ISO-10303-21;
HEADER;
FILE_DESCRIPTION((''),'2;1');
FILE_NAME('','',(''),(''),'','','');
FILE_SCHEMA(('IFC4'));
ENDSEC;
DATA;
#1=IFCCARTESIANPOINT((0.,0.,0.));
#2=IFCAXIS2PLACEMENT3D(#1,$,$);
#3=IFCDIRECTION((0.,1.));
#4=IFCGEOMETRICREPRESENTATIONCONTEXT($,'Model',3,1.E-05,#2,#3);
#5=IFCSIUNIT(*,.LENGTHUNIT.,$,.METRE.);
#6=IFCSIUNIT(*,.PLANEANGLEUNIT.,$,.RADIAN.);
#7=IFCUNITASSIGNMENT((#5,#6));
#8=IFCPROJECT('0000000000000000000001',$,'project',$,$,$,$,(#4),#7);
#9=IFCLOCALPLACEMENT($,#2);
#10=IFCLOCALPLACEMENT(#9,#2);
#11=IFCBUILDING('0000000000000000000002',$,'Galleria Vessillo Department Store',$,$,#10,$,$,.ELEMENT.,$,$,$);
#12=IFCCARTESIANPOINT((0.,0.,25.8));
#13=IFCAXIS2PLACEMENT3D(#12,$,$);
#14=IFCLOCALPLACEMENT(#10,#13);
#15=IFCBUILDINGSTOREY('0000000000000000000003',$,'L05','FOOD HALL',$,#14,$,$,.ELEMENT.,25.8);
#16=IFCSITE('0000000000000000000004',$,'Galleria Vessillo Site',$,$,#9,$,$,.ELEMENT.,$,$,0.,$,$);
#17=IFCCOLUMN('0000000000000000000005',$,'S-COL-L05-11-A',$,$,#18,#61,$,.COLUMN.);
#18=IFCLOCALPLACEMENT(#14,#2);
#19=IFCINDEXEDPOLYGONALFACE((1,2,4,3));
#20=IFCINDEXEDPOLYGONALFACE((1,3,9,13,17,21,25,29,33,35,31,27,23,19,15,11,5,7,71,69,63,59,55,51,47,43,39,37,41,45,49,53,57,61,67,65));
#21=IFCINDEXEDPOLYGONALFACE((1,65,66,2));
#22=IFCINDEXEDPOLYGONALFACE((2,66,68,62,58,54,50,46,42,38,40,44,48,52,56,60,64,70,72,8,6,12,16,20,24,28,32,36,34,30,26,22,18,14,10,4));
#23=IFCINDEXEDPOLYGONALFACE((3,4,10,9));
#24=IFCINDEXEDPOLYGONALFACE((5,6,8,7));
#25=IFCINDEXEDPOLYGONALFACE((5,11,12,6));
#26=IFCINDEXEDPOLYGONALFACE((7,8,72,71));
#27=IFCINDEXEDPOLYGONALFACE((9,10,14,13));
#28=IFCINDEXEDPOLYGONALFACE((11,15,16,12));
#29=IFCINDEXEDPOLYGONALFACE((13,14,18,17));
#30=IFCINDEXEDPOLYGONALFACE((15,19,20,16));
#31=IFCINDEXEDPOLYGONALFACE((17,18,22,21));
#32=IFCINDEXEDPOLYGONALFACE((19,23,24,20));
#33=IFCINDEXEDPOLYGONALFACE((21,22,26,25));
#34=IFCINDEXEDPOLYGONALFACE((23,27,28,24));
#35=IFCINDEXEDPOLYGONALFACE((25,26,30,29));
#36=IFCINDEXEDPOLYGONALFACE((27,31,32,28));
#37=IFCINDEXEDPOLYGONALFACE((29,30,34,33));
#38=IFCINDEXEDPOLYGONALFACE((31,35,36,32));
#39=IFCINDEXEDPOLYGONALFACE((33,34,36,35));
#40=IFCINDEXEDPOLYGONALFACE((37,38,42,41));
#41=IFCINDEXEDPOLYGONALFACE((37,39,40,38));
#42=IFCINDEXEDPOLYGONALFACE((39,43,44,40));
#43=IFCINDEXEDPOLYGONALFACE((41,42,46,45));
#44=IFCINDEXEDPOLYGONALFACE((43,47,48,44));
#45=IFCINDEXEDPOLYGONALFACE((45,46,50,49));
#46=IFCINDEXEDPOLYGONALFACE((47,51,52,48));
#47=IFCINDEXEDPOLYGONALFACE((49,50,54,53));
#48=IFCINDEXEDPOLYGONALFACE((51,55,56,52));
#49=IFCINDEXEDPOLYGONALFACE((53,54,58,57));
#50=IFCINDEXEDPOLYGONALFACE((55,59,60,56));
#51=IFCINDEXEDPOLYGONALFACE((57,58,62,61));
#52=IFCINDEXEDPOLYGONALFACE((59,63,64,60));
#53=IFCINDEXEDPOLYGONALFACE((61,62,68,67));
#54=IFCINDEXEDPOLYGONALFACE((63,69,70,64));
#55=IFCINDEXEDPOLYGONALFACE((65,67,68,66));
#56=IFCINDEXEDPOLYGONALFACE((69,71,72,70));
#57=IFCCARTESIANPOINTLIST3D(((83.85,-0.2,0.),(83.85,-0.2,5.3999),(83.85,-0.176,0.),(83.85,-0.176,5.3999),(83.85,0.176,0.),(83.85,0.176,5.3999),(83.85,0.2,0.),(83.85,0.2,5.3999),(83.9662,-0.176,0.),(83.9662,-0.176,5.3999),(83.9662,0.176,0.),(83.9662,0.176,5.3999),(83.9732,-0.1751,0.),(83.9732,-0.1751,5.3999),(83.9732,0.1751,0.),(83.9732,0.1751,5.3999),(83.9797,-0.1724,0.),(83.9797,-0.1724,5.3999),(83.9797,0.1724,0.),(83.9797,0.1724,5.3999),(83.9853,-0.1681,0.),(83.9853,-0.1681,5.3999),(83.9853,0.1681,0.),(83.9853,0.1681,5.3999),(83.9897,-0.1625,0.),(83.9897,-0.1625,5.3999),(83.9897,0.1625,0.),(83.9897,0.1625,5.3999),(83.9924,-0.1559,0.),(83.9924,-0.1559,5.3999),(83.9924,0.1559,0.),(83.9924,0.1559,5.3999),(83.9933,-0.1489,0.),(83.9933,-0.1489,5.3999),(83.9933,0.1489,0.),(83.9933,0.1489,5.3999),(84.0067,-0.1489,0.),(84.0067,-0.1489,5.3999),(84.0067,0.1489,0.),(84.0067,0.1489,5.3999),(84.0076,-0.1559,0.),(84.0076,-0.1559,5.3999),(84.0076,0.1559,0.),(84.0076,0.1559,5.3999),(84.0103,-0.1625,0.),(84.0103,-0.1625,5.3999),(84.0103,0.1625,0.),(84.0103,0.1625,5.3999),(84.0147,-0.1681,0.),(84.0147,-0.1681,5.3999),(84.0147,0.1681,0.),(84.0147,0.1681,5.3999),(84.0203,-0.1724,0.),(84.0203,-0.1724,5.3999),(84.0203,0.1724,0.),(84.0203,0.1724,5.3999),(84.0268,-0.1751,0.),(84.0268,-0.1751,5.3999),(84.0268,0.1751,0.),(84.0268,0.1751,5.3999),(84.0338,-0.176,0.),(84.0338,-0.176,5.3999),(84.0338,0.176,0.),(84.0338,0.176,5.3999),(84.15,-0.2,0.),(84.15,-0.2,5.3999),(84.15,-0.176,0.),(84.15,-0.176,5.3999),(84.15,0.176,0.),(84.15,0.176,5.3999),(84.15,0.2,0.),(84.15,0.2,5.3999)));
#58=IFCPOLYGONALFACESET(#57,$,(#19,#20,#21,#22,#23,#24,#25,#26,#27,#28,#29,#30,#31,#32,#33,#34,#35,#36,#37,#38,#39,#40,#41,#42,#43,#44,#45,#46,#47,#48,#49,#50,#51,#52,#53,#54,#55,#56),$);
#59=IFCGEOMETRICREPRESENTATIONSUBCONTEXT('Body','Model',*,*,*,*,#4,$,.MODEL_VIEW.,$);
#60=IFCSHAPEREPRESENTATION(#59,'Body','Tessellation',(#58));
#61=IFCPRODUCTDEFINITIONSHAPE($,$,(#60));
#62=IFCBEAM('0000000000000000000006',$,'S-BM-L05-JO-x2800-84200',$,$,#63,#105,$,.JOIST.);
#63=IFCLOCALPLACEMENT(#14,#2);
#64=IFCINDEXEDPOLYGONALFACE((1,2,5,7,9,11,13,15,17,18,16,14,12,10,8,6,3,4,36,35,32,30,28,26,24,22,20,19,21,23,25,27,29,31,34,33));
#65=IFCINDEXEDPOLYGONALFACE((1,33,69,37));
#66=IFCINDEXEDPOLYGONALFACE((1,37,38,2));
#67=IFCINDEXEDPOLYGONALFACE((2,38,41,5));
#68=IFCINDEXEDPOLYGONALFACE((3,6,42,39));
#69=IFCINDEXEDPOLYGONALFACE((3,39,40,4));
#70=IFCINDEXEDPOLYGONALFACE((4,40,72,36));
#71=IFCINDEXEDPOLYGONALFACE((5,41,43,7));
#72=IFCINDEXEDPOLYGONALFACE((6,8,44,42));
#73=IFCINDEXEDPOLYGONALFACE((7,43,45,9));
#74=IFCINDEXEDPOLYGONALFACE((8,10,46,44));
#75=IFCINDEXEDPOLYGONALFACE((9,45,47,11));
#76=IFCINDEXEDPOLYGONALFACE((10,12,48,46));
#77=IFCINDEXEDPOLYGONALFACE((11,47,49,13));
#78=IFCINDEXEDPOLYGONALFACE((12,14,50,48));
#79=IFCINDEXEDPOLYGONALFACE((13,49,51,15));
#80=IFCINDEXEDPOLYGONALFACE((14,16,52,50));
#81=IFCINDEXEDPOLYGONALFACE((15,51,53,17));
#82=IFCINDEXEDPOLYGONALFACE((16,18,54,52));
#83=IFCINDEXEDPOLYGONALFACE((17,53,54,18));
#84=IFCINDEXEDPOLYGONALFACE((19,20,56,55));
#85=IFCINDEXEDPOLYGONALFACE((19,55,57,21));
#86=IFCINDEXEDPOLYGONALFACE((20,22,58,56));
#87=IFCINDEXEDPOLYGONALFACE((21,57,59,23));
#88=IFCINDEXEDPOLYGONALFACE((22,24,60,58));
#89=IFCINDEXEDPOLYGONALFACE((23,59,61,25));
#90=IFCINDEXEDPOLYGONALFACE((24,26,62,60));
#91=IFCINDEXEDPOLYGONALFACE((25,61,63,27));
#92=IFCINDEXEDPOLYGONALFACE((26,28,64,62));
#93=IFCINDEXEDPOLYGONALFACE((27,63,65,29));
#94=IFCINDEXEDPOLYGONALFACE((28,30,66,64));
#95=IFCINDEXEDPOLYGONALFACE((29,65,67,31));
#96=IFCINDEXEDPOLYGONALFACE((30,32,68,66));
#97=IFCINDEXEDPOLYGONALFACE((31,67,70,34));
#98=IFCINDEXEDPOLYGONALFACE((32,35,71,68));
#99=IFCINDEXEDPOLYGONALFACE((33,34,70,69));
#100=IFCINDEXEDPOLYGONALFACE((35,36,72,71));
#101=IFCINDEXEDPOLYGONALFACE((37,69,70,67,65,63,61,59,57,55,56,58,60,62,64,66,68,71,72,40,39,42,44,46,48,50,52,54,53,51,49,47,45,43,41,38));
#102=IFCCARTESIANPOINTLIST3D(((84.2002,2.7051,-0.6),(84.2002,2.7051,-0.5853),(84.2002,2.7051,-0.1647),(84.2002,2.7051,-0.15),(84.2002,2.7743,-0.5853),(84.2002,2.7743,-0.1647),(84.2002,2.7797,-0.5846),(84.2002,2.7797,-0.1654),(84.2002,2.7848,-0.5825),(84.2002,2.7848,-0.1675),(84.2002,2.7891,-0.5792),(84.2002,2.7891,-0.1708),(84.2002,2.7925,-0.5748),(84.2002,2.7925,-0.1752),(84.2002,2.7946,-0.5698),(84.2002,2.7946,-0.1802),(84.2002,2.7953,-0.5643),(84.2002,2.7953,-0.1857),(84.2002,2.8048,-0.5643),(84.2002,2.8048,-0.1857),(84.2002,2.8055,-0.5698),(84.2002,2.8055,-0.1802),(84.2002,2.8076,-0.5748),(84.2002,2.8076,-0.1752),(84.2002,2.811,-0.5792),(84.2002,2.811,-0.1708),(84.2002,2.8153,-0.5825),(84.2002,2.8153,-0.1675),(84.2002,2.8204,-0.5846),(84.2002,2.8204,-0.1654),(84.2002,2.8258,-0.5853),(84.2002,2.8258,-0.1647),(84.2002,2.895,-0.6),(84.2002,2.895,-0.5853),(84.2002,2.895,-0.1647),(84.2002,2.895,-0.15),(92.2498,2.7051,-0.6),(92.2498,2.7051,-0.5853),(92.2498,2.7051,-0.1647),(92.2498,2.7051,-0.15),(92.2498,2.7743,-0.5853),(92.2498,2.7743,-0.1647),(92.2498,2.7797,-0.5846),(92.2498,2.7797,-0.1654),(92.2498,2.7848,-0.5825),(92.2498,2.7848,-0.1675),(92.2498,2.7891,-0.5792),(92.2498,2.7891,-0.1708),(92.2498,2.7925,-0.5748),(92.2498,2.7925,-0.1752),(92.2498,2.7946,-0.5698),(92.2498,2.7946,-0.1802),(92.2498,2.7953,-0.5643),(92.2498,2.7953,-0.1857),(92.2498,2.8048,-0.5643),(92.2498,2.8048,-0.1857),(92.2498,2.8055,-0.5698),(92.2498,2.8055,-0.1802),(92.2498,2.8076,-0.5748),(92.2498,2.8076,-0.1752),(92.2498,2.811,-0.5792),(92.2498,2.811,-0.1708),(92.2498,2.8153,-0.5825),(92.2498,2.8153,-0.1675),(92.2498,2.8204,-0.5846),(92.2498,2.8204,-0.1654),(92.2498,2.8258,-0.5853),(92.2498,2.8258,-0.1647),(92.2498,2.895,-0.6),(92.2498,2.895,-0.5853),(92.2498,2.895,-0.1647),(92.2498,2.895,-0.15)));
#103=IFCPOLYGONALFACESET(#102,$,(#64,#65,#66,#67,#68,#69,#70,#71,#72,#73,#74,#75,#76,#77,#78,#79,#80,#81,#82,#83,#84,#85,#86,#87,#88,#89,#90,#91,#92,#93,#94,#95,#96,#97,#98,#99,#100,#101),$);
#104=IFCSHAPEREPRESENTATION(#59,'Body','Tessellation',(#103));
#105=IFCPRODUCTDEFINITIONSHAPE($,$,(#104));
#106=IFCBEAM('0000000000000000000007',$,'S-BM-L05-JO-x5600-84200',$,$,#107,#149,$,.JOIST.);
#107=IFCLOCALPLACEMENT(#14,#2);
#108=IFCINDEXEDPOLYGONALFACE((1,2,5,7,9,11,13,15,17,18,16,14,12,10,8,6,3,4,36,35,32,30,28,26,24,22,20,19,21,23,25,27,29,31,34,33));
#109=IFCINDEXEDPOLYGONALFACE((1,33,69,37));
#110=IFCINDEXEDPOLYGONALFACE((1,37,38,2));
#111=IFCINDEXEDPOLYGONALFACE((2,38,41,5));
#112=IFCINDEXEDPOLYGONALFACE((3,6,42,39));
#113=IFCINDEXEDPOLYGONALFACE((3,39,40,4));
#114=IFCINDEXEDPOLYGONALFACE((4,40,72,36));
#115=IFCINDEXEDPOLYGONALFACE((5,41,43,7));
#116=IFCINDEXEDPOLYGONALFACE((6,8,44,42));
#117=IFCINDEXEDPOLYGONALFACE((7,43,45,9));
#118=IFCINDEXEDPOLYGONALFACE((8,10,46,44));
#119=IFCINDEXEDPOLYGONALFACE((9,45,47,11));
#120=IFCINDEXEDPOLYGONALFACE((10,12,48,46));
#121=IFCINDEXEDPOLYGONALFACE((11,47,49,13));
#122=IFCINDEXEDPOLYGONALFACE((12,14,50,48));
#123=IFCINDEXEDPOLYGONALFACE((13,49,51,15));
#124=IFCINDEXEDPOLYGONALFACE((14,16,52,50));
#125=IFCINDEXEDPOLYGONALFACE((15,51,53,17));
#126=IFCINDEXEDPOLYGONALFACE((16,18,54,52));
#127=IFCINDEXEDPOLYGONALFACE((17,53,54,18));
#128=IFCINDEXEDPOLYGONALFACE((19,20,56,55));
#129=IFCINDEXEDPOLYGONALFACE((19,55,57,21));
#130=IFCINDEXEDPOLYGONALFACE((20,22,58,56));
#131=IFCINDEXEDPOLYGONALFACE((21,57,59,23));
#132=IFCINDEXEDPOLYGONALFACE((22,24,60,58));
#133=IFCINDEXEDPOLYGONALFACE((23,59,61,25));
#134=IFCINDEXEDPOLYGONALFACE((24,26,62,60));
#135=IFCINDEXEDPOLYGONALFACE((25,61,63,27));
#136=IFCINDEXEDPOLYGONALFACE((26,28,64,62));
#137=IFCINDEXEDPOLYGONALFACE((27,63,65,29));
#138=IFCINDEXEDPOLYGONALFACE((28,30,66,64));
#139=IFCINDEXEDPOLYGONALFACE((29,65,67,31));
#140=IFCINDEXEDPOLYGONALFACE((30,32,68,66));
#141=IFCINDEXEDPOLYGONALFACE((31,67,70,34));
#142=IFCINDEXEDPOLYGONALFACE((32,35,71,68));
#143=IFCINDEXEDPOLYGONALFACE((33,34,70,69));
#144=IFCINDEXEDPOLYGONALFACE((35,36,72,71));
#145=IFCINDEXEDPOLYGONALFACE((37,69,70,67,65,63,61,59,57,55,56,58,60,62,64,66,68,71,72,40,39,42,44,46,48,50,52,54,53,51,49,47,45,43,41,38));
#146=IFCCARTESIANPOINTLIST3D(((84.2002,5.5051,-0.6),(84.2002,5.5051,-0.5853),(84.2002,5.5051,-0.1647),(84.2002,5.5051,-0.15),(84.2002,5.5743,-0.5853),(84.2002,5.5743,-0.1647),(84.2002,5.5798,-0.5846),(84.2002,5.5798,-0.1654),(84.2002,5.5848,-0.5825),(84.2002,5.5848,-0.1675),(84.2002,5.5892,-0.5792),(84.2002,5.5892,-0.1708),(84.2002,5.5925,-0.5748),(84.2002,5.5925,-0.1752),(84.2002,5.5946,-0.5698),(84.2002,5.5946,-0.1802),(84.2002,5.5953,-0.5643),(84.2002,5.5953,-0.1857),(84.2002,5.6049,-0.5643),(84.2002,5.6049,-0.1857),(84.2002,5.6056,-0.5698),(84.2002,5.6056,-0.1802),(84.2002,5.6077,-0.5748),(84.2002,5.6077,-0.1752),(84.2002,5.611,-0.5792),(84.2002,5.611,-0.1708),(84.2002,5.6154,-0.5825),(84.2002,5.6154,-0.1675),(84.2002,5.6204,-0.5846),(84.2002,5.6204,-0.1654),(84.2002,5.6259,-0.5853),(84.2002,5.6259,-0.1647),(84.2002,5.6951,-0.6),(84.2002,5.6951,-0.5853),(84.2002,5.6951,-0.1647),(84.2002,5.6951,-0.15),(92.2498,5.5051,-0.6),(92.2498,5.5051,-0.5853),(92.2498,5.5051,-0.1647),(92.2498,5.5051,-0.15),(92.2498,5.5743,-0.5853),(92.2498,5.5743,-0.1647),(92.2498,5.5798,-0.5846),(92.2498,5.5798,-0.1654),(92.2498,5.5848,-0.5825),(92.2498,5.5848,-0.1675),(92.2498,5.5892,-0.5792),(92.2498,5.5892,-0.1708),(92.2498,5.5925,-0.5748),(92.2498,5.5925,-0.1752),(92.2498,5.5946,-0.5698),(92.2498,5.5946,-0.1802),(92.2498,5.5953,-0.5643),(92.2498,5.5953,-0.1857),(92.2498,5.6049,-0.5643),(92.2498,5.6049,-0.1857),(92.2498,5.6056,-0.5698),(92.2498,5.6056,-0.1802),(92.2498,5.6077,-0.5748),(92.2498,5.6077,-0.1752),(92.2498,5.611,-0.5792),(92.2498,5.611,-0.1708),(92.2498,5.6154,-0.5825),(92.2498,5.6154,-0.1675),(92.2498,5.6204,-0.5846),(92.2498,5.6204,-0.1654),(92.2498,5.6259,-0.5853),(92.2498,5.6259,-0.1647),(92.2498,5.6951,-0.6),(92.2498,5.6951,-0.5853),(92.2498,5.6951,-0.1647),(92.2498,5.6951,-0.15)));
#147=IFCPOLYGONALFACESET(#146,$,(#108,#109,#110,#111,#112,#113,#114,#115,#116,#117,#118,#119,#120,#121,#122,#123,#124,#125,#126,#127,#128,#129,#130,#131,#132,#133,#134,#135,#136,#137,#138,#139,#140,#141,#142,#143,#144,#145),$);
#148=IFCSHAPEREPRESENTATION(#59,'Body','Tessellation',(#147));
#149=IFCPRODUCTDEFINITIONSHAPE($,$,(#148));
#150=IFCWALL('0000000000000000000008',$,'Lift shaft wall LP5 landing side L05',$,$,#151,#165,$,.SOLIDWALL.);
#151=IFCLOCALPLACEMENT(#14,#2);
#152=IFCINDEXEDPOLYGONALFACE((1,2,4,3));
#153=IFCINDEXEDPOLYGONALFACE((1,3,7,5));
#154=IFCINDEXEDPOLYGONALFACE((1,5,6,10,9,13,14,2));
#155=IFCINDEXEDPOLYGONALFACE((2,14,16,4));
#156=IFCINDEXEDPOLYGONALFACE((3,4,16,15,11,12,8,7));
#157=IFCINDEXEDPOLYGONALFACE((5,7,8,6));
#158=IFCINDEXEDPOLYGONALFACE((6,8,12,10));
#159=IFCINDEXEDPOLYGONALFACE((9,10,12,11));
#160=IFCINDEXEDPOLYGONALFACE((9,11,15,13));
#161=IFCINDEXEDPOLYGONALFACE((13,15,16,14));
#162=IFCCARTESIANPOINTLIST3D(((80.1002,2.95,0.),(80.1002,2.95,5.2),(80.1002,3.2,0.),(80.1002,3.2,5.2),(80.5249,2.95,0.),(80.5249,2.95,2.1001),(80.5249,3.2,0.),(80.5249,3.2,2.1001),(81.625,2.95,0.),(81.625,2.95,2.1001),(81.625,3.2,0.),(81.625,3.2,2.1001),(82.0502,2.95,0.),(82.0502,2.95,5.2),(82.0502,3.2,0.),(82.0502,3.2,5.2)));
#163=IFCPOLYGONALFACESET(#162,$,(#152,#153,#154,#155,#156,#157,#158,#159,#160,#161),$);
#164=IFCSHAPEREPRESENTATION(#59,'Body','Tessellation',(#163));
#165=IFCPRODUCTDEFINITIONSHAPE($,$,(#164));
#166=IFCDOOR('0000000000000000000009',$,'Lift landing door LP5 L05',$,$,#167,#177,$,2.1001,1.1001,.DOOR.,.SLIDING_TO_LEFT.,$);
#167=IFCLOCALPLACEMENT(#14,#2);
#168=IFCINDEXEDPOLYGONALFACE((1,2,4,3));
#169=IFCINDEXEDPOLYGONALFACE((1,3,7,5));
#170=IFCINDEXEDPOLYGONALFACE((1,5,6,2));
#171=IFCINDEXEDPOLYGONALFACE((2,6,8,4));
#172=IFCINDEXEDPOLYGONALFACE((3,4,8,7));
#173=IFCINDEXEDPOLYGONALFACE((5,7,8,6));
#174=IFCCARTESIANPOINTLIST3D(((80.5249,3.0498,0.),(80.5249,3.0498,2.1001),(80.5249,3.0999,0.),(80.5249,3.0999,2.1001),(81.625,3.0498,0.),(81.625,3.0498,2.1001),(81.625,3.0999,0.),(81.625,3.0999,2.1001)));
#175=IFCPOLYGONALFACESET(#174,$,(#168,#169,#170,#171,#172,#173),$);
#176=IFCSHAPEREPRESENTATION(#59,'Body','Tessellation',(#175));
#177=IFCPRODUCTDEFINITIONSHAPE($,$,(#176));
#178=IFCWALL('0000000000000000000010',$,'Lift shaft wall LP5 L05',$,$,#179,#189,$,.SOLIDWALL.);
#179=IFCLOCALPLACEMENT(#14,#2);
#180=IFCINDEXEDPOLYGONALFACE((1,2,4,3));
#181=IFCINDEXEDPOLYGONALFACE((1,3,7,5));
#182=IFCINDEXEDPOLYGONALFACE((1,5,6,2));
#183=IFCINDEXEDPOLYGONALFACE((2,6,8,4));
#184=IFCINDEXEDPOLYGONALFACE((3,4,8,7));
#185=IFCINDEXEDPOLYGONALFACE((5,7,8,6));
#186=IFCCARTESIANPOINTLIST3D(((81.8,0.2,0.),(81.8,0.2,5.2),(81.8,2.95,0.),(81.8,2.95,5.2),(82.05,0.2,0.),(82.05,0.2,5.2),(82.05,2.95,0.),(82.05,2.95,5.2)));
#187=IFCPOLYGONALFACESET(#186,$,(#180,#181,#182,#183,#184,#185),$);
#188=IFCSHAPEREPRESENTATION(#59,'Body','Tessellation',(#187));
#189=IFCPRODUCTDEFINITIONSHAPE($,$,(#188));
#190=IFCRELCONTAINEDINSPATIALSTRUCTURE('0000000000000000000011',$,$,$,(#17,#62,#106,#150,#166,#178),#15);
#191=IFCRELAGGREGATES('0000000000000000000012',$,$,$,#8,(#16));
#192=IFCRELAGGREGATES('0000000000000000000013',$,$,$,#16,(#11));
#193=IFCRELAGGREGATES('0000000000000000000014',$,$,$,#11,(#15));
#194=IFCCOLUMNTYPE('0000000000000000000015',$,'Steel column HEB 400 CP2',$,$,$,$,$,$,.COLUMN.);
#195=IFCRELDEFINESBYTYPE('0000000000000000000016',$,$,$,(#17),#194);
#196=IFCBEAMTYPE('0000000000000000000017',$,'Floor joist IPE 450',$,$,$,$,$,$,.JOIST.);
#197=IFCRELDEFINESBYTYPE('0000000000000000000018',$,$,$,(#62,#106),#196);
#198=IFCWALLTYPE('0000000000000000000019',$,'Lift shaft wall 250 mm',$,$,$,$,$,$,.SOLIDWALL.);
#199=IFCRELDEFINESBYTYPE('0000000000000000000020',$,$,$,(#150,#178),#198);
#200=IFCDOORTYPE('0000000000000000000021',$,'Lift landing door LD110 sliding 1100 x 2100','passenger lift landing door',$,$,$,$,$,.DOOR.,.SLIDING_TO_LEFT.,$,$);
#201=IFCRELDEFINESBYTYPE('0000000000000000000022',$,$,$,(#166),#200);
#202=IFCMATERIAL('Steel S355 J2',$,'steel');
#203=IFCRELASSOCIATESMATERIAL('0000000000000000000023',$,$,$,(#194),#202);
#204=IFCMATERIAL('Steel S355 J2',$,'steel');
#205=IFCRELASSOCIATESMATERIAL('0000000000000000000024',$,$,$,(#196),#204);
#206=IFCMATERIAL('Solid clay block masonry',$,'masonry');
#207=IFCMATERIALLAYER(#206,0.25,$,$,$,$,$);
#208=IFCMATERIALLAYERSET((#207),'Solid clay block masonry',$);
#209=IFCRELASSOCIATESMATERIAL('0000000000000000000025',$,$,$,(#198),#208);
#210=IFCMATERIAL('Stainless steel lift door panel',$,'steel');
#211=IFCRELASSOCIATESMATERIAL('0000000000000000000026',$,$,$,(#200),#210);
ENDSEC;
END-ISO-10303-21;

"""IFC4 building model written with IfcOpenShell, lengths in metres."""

from ifc_helpers import new_model, si_unit, direction, frame, frame_2d, origin, origin_2d, place, context, subcontext, project, spatial, rectangle, i_section, extrude, material, layer, layer_set, material_profile, profile_set, type_object, element, fill, save


model = new_model("IFC4")

# Units and contexts
model_context = context("Model", 3, precision=1e-05, world=origin(), true_north=direction((0.0, 1.0)))
body_context = subcontext(model_context, "Body", "Model", "MODEL_VIEW")
ifc_project = project(units=[si_unit("LENGTHUNIT", "METRE"), si_unit("PLANEANGLEUNIT", "RADIAN")], contexts=[model_context])

# Site, building, storey
site_placement = place(None, origin())
site = spatial("IfcSite", under=ifc_project, at=site_placement, Name="Galleria Vessillo Site", CompositionType="ELEMENT", RefElevation=0.0)
building_placement = place(site_placement, origin())
building = spatial("IfcBuilding", under=site, at=building_placement, Name="Galleria Vessillo Department Store", CompositionType="ELEMENT")
storey_placement = place(building_placement, frame((0.0, 0.0, 25.8)))
storey = spatial("IfcBuildingStorey", under=building, at=storey_placement, Name="L05", Description="FOOD HALL", CompositionType="ELEMENT", Elevation=25.8)

# Column
ifc_material_1 = material(Name="Steel S355 J2", Category="steel")
ifc_material_profile_1 = material_profile(ifc_material_1, i_section(OverallWidth=0.3, OverallDepth=0.3999, WebThickness=0.0134, FlangeThickness=0.0239, FilletRadius=0.0271, at=origin_2d()), Name="HEB 400")
ifc_profile_set_1 = profile_set([ifc_material_profile_1], Name="Steel S355 J2")
column_type = type_object("IfcColumnType", Name="Steel column HEB 400 CP2", PredefinedType="COLUMN", material=ifc_profile_set_1)
column_placement = place(storey_placement, frame((84.0, 0.0, 0.0), z_axis=(0.0, 0.0, 1.0), x_axis=(1.0, 0.0, 0.0)))
element("IfcColumn", 1, at=column_placement, inside=storey, type_object=column_type, Name="S-COL-L05-11-A", PredefinedType="COLUMN", context=body_context, shape_type="SweptSolid", body=[
    extrude(i_section(OverallWidth=0.3, OverallDepth=0.3999, WebThickness=0.0134, FlangeThickness=0.0239, FilletRadius=0.0271, at=origin_2d()), origin(), (0.0, 0.0, 1.0), 5.3999),
])

# Beams
ifc_material_2 = material(Name="Steel S355 J2", Category="steel")
ifc_material_profile_2 = material_profile(ifc_material_2, i_section(OverallWidth=0.1899, OverallDepth=0.45, WebThickness=0.0095, FlangeThickness=0.0146, FilletRadius=0.021, at=origin_2d()), Name="IPE 450")
ifc_profile_set_2 = profile_set([ifc_material_profile_2], Name="Steel S355 J2")
beam_type = type_object("IfcBeamType", Name="Floor joist IPE 450", PredefinedType="JOIST", material=ifc_profile_set_2)
for number, where, z_axis, x_axis, name in (
    (2, (84.2002, 2.8, -0.375), (1.0, 0.0, 0.0), (0.0, 1.0, 0.0), "S-BM-L05-JO-x2800-84200"),
    (3, (84.2002, 5.6001, -0.375), (1.0, 0.0, 0.0), (0.0, 1.0, 0.0), "S-BM-L05-JO-x5600-84200"),
):
    element("IfcBeam", number, at=place(storey_placement, frame(where, z_axis=z_axis, x_axis=x_axis)), inside=storey, type_object=beam_type, Name=name, PredefinedType="JOIST", context=body_context, shape_type="SweptSolid", body=[
        extrude(i_section(OverallWidth=0.1899, OverallDepth=0.45, WebThickness=0.0095, FlangeThickness=0.0146, FilletRadius=0.021, at=origin_2d()), origin(), (0.0, 0.0, 1.0), 8.0496),
    ])

# Wall, opening, door
ifc_material_3 = material(Name="Solid clay block masonry", Category="masonry")
ifc_layer_1 = layer(ifc_material_3, 0.25)
ifc_layer_set_1 = layer_set([ifc_layer_1], Name="Solid clay block masonry")
wall_type_1 = type_object("IfcWallType", Name="Lift shaft wall 250 mm", PredefinedType="SOLIDWALL", material=ifc_layer_set_1)
wall_1_placement = place(storey_placement, frame((80.1001, 3.075, 0.0), z_axis=(0.0, 0.0, 1.0), x_axis=(1.0, 0.0, 0.0)))
wall_1 = element("IfcWall", 4, at=wall_1_placement, inside=storey, type_object=wall_type_1, Name="Lift shaft wall LP5 landing side L05", PredefinedType="SOLIDWALL", context=body_context, shape_type="SweptSolid", body=[
    extrude(rectangle(XDim=1.95, YDim=0.25, at=frame_2d((0.9751, 0.0))), origin(), (0.0, 0.0, 1.0), 5.2),
])
opening_1_placement = place(wall_1_placement, frame((0.4248, 0.0, 0.0)))
opening_1 = element("IfcOpeningElement", 5, at=opening_1_placement, cuts=wall_1, PredefinedType="OPENING", context=body_context, shape_type="SweptSolid", body=[
    extrude(rectangle(XDim=1.1001, YDim=2.1001, at=frame_2d((0.55, 1.05))), frame((0.0, 0.135, 0.0), z_axis=(0.0, -1.0, 0.0), x_axis=(1.0, 0.0, 0.0)), (0.0, 0.0, 1.0), 0.27),
])
ifc_material_4 = material(Name="Stainless steel lift door panel", Category="steel")
door_type_1 = type_object("IfcDoorType", Name="Lift landing door LD110 sliding 1100 x 2100", Description="passenger lift landing door", OperationType="SLIDING_TO_LEFT", PredefinedType="DOOR", material=ifc_material_4)
door_1_placement = place(opening_1_placement, origin())
door_1 = element("IfcDoor", 6, at=door_1_placement, inside=storey, type_object=door_type_1, Name="Lift landing door LP5 L05", OperationType="SLIDING_TO_LEFT", OverallHeight=2.1001, OverallWidth=1.1001, PredefinedType="DOOR", context=body_context, shape_type="SweptSolid", body=[
    extrude(rectangle(XDim=1.1001, YDim=2.1001, at=frame_2d((0.55, 1.05))), frame((0.0, 0.0249, 0.0), z_axis=(0.0, -1.0, 0.0), x_axis=(1.0, 0.0, 0.0)), (0.0, 0.0, 1.0), 0.05),
])
fill(opening_1, door_1)

# Wall
wall_2_placement = place(storey_placement, frame((81.925, 0.2, 0.0), z_axis=(0.0, 0.0, 1.0), x_axis=(0.0, 1.0, 0.0)))
element("IfcWall", 7, at=wall_2_placement, inside=storey, type_object=wall_type_1, Name="Lift shaft wall LP5 L05", PredefinedType="SOLIDWALL", context=body_context, shape_type="SweptSolid", body=[
    extrude(rectangle(XDim=2.75, YDim=0.25, at=frame_2d((1.375, 0.0))), origin(), (0.0, 0.0, 1.0), 5.2),
])

save(model, "model.ifc")
